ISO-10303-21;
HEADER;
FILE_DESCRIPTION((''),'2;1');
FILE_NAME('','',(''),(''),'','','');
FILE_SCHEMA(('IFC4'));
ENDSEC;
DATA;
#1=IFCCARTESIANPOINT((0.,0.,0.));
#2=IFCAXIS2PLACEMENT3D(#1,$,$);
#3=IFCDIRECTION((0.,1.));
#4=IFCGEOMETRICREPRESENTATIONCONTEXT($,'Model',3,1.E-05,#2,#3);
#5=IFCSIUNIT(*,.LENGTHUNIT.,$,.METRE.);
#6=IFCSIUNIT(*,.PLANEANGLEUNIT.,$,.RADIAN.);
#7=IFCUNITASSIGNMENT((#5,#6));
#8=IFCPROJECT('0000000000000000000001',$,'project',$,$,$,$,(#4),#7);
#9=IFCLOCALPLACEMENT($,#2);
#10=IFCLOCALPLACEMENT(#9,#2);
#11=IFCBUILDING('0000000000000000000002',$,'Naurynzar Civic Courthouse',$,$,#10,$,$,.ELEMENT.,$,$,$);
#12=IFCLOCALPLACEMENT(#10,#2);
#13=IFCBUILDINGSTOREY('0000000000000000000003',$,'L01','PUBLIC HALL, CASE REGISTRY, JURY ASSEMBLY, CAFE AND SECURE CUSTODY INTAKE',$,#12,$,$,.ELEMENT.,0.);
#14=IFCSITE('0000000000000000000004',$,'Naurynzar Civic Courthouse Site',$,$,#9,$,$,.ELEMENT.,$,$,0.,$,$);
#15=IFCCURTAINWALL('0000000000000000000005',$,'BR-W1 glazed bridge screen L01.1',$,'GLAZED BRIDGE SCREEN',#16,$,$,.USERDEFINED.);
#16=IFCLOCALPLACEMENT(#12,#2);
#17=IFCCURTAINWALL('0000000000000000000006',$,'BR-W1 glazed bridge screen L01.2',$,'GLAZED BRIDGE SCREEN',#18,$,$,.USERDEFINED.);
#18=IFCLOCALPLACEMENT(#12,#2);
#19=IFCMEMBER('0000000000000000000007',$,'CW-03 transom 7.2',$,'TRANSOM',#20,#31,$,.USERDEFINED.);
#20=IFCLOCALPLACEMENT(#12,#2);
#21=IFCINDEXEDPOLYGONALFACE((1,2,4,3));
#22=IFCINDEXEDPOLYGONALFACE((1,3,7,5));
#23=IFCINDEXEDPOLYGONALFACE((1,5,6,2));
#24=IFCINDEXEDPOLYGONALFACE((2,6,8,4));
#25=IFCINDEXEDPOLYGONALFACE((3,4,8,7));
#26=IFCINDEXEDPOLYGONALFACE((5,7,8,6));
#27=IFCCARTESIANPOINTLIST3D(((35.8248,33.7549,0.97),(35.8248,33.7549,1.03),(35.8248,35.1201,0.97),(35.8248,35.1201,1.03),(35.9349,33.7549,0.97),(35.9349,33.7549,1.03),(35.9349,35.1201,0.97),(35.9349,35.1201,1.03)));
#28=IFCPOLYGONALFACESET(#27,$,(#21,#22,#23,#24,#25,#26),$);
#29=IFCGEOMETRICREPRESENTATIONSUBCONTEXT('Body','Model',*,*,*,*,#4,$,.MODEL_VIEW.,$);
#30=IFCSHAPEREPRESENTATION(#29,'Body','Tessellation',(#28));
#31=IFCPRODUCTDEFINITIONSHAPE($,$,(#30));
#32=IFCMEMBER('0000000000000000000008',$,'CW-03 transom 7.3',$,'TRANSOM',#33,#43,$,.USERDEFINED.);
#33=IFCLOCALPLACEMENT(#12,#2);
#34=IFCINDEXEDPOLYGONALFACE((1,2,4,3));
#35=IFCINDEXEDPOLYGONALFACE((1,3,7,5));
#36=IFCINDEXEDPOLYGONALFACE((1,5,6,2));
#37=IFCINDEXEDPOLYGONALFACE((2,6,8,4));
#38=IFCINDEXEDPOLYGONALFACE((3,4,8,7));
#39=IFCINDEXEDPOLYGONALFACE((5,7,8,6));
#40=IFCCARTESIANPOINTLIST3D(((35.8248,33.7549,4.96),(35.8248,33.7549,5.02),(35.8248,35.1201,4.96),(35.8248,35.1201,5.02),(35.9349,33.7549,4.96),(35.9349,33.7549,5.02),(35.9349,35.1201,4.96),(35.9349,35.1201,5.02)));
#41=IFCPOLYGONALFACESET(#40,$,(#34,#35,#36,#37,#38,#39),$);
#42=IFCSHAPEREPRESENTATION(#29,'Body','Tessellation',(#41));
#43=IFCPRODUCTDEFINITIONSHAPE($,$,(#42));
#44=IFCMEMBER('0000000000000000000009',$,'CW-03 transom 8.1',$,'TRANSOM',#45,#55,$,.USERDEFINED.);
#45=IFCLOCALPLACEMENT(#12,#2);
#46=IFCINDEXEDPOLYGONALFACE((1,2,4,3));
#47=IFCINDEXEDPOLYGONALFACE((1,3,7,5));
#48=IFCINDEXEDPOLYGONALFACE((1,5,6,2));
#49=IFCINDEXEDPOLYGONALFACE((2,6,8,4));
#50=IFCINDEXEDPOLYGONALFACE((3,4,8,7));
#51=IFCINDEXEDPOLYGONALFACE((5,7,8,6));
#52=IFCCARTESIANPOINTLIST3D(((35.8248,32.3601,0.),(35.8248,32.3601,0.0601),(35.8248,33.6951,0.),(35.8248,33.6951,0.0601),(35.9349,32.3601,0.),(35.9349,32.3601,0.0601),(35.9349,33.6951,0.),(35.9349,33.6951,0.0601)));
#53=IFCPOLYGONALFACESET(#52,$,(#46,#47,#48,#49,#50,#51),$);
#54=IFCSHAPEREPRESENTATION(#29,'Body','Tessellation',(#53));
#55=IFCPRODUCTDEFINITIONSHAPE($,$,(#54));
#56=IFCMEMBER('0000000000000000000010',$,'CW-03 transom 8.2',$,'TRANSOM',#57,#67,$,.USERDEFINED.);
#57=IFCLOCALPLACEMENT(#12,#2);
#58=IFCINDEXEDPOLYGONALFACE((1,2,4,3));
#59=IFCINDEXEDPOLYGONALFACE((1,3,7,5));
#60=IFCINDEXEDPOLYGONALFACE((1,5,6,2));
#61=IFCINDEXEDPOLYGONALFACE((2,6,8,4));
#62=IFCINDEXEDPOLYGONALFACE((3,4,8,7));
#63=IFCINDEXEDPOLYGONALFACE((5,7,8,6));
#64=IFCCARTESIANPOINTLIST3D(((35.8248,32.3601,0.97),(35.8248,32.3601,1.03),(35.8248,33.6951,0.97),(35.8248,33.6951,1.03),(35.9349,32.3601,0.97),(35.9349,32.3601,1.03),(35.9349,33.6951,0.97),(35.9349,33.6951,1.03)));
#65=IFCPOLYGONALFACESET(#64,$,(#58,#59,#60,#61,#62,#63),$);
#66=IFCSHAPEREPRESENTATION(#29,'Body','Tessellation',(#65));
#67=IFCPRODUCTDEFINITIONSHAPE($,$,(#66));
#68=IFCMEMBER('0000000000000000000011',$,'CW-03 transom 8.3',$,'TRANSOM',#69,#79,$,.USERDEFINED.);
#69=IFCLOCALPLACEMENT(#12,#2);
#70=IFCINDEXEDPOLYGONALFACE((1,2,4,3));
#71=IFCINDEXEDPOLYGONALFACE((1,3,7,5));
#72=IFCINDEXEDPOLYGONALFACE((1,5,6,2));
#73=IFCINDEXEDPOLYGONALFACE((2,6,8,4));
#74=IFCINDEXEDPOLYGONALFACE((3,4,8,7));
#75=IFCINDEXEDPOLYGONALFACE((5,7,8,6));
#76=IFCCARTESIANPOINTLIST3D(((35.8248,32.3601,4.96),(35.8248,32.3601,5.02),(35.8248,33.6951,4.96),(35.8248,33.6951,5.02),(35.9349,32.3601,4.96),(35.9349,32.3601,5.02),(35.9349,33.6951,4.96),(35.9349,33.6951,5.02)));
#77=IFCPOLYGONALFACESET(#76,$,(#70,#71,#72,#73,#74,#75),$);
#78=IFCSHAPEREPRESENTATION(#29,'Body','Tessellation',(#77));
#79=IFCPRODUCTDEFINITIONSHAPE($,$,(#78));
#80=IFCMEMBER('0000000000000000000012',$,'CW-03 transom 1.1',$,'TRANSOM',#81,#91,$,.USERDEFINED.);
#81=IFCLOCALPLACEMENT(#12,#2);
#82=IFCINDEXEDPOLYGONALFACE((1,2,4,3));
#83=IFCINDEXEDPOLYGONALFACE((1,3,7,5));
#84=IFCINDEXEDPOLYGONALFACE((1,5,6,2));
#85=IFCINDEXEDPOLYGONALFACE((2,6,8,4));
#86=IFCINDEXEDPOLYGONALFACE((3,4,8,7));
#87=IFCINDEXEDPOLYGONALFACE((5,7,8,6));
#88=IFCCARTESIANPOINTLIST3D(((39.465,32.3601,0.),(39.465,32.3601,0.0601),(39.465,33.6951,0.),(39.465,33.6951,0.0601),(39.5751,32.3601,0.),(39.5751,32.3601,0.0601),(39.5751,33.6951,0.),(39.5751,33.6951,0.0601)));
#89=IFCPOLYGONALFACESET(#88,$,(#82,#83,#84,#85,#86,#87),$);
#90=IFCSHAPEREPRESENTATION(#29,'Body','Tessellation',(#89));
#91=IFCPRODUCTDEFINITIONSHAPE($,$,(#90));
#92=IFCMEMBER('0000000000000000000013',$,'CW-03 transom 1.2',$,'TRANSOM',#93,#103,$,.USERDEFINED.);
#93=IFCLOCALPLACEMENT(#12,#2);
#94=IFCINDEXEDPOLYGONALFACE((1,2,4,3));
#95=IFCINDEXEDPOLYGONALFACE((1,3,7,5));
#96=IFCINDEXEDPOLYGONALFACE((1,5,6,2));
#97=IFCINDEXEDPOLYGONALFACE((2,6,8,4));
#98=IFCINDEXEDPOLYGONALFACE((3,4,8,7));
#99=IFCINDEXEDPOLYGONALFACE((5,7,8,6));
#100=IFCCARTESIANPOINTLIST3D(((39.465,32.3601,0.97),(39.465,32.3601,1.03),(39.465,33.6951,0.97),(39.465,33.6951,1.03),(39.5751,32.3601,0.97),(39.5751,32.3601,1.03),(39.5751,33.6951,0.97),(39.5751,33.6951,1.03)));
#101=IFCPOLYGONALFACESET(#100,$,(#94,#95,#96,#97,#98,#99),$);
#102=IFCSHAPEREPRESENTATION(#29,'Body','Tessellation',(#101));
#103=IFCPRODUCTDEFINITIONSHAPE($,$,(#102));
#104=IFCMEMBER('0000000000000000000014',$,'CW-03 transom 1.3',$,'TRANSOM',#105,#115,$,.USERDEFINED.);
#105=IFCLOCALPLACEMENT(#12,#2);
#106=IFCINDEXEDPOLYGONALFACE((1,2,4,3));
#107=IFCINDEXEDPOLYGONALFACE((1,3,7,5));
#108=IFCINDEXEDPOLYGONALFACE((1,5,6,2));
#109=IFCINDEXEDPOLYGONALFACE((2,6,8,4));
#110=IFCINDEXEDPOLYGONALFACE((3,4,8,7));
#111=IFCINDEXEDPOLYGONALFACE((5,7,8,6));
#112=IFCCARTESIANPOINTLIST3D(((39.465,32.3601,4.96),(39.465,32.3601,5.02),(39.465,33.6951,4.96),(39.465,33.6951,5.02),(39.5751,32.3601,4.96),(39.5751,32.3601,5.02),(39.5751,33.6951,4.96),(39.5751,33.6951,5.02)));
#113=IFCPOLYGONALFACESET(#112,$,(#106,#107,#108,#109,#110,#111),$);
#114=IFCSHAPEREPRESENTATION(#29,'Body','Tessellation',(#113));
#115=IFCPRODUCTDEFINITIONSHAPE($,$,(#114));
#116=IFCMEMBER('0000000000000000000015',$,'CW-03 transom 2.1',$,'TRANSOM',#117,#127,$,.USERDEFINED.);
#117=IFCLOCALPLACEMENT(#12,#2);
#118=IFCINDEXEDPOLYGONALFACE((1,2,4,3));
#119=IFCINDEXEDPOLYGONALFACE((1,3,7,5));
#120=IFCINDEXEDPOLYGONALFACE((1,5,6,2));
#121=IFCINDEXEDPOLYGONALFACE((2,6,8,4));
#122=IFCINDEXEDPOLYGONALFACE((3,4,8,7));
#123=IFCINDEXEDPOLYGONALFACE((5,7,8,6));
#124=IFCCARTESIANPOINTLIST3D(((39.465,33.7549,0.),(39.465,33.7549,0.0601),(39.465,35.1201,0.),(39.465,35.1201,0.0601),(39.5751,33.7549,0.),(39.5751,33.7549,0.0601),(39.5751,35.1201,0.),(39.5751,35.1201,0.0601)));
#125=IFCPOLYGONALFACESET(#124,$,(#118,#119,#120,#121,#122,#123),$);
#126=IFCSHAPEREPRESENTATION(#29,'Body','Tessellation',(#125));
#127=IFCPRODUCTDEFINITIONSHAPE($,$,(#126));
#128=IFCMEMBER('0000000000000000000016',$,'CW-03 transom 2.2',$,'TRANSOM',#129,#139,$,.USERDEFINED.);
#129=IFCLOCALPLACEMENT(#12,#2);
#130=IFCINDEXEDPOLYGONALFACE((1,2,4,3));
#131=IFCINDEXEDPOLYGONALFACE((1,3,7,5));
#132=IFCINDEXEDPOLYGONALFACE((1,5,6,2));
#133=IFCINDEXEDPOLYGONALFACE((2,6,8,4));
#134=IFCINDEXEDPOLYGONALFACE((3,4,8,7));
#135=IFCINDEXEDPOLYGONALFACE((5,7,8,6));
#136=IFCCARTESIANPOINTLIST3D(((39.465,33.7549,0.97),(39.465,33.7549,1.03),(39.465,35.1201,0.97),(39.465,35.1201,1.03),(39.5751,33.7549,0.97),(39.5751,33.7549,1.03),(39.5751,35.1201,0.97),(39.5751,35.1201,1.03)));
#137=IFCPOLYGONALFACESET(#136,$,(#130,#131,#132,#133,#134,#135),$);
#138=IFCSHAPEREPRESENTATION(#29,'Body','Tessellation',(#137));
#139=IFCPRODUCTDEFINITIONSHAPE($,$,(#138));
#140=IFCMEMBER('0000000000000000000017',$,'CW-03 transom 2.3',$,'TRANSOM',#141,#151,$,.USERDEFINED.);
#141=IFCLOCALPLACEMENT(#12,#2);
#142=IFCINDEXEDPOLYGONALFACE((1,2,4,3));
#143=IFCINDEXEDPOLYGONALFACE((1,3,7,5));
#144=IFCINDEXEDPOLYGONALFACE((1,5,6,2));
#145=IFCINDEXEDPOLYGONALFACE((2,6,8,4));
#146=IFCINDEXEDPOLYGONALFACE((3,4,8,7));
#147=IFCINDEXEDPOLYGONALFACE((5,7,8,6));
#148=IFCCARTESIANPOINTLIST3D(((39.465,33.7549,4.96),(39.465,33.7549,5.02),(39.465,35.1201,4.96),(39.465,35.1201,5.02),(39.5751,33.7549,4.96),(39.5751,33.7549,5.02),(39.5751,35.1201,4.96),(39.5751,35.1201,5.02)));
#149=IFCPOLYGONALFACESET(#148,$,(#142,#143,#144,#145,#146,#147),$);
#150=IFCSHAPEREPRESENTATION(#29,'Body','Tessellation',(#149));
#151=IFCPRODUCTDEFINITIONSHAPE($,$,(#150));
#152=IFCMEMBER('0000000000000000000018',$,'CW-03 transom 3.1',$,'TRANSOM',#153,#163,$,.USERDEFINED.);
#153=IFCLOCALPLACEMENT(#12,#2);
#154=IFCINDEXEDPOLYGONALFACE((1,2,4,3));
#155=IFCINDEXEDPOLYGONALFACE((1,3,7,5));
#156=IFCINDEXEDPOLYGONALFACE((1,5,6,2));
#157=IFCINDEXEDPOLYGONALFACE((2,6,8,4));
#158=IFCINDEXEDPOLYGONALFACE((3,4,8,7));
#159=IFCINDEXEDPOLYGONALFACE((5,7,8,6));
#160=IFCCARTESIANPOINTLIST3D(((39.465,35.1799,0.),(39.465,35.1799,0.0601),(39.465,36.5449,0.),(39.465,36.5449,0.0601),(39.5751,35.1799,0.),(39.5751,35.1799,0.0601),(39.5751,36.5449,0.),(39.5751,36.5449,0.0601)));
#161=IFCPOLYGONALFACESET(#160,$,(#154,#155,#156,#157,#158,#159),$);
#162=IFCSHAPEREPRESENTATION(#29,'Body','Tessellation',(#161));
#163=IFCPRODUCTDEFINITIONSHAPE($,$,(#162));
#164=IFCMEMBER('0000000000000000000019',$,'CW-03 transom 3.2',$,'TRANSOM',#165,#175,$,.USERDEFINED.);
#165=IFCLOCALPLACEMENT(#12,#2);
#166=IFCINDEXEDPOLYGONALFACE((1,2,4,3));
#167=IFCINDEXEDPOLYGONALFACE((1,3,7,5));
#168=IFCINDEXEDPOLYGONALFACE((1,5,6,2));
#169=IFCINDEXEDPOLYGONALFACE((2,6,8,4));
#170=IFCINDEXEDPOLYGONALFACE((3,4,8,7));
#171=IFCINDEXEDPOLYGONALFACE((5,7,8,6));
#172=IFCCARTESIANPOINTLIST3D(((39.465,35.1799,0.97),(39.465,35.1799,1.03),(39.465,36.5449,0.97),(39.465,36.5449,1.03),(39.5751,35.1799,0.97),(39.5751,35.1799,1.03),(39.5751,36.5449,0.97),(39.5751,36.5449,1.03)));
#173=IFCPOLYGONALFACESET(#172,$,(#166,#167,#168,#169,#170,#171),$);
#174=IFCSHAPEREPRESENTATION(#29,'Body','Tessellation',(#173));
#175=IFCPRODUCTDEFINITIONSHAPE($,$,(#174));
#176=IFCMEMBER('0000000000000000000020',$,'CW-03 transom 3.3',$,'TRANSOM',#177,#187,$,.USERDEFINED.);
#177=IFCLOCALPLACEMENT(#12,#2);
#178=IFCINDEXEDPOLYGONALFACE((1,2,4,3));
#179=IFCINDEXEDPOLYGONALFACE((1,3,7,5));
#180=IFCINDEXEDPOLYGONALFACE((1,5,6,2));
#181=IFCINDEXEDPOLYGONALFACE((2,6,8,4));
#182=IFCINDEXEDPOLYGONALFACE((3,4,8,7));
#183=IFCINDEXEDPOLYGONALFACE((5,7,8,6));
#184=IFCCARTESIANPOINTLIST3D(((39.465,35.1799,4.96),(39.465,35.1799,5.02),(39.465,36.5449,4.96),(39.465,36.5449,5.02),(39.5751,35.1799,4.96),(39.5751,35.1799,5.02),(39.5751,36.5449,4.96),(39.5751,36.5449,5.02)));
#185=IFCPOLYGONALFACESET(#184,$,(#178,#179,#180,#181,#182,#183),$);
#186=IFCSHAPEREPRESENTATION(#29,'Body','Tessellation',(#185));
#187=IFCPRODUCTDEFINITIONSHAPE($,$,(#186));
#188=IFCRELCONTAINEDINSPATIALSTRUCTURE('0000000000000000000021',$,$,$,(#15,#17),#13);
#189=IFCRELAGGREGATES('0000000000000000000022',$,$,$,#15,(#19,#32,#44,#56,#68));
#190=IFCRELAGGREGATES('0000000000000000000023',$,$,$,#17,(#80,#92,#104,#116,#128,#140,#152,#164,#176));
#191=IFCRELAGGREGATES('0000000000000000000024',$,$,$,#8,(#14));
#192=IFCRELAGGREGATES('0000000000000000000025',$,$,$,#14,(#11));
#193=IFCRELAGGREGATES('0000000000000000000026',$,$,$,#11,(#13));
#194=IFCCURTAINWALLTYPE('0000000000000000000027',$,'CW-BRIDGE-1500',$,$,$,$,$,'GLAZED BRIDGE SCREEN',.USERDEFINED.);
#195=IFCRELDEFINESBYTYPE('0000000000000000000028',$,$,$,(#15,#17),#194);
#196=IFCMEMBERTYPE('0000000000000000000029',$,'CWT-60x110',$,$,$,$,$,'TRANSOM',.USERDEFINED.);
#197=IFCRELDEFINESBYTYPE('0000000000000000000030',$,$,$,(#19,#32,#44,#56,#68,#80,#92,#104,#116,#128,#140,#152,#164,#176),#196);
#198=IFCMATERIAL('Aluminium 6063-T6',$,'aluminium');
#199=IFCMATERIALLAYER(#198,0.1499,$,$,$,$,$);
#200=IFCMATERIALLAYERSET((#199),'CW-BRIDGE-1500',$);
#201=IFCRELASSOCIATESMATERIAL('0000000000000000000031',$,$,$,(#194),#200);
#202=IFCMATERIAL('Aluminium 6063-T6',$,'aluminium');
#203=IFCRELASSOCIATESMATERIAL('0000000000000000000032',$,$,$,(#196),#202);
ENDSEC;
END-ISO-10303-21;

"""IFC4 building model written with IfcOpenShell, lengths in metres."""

from ifc_helpers import new_model, si_unit, direction, frame, origin, origin_2d, place, context, subcontext, project, spatial, rectangle, extrude, material, layer, layer_set, material_profile, profile_set, type_object, element, aggregate, save


model = new_model("IFC4")

# Units and contexts
model_context = context("Model", 3, precision=1e-05, world=origin(), true_north=direction((0.0, 1.0)))
body_context = subcontext(model_context, "Body", "Model", "MODEL_VIEW")
ifc_project = project(units=[si_unit("LENGTHUNIT", "METRE"), si_unit("PLANEANGLEUNIT", "RADIAN")], contexts=[model_context])

# Site, building, storey
site_placement = place(None, origin())
site = spatial("IfcSite", under=ifc_project, at=site_placement, Name="Naurynzar Civic Courthouse Site", CompositionType="ELEMENT", RefElevation=0.0)
building_placement = place(site_placement, origin())
building = spatial("IfcBuilding", under=site, at=building_placement, Name="Naurynzar Civic Courthouse", CompositionType="ELEMENT")
storey_placement = place(building_placement, origin())
storey = spatial("IfcBuildingStorey", under=building, at=storey_placement, Name="L01", Description="PUBLIC HALL, CASE REGISTRY, JURY ASSEMBLY, CAFE AND SECURE CUSTODY INTAKE", CompositionType="ELEMENT", Elevation=0.0)

# Curtain walls
ifc_material_1 = material(Name="Aluminium 6063-T6", Category="aluminium")
ifc_layer_1 = layer(ifc_material_1, 0.1499)
ifc_layer_set_1 = layer_set([ifc_layer_1], Name="CW-BRIDGE-1500")
curtain_wall_type = type_object("IfcCurtainWallType", Name="CW-BRIDGE-1500", ElementType="GLAZED BRIDGE SCREEN", PredefinedType="USERDEFINED", material=ifc_layer_set_1)
curtain_wall_1_placement = place(storey_placement, origin())
curtain_wall_1 = element("IfcCurtainWall", 1, at=curtain_wall_1_placement, inside=storey, type_object=curtain_wall_type, Name="BR-W1 glazed bridge screen L01.1", ObjectType="GLAZED BRIDGE SCREEN", PredefinedType="USERDEFINED")
curtain_wall_2_placement = place(storey_placement, origin())
curtain_wall_2 = element("IfcCurtainWall", 2, at=curtain_wall_2_placement, inside=storey, type_object=curtain_wall_type, Name="BR-W1 glazed bridge screen L01.2", ObjectType="GLAZED BRIDGE SCREEN", PredefinedType="USERDEFINED")

# Members
ifc_material_2 = material(Name="Aluminium 6063-T6", Category="aluminium")
ifc_material_profile_1 = material_profile(ifc_material_2, rectangle(XDim=0.1101, YDim=0.0601, at=origin_2d()), Name="ALU TRANSOM 60x110")
ifc_profile_set_1 = profile_set([ifc_material_profile_1], Name="Aluminium 6063-T6")
member_type_1 = type_object("IfcMemberType", Name="CWT-60x110", ElementType="TRANSOM", PredefinedType="USERDEFINED", material=ifc_profile_set_1)
member_1_placement = place(storey_placement, frame((35.8799, 35.1201, 1.0), z_axis=(0.0, -1.0, 0.0), x_axis=(1.0, 0.0, 0.0)))
member_1 = element("IfcMember", 3, at=member_1_placement, type_object=member_type_1, Name="CW-03 transom 7.2", ObjectType="TRANSOM", PredefinedType="USERDEFINED", context=body_context, shape_type="SweptSolid", body=[
    extrude(rectangle(XDim=0.1101, YDim=0.0601, at=origin_2d()), origin(), (0.0, 0.0, 1.0), 1.3652),
])
member_2_placement = place(storey_placement, frame((35.8799, 35.1201, 4.99), z_axis=(0.0, -1.0, 0.0), x_axis=(1.0, 0.0, 0.0)))
member_2 = element("IfcMember", 4, at=member_2_placement, type_object=member_type_1, Name="CW-03 transom 7.3", ObjectType="TRANSOM", PredefinedType="USERDEFINED", context=body_context, shape_type="SweptSolid", body=[
    extrude(rectangle(XDim=0.1101, YDim=0.0601, at=origin_2d()), origin(), (0.0, 0.0, 1.0), 1.3652),
])
member_3_placement = place(storey_placement, frame((35.8799, 33.6951, 0.03), z_axis=(0.0, -1.0, 0.0), x_axis=(1.0, 0.0, 0.0)))
member_3 = element("IfcMember", 5, at=member_3_placement, type_object=member_type_1, Name="CW-03 transom 8.1", ObjectType="TRANSOM", PredefinedType="USERDEFINED", context=body_context, shape_type="SweptSolid", body=[
    extrude(rectangle(XDim=0.1101, YDim=0.0601, at=origin_2d()), origin(), (0.0, 0.0, 1.0), 1.335),
])
member_4_placement = place(storey_placement, frame((35.8799, 33.6951, 1.0), z_axis=(0.0, -1.0, 0.0), x_axis=(1.0, 0.0, 0.0)))
member_4 = element("IfcMember", 6, at=member_4_placement, type_object=member_type_1, Name="CW-03 transom 8.2", ObjectType="TRANSOM", PredefinedType="USERDEFINED", context=body_context, shape_type="SweptSolid", body=[
    extrude(rectangle(XDim=0.1101, YDim=0.0601, at=origin_2d()), origin(), (0.0, 0.0, 1.0), 1.335),
])
member_5_placement = place(storey_placement, frame((35.8799, 33.6951, 4.99), z_axis=(0.0, -1.0, 0.0), x_axis=(1.0, 0.0, 0.0)))
member_5 = element("IfcMember", 7, at=member_5_placement, type_object=member_type_1, Name="CW-03 transom 8.3", ObjectType="TRANSOM", PredefinedType="USERDEFINED", context=body_context, shape_type="SweptSolid", body=[
    extrude(rectangle(XDim=0.1101, YDim=0.0601, at=origin_2d()), origin(), (0.0, 0.0, 1.0), 1.335),
])
member_6_placement = place(storey_placement, frame((39.52, 32.3601, 0.03), z_axis=(0.0, 1.0, 0.0), x_axis=(-1.0, 0.0, 0.0)))
member_6 = element("IfcMember", 8, at=member_6_placement, type_object=member_type_1, Name="CW-03 transom 1.1", ObjectType="TRANSOM", PredefinedType="USERDEFINED", context=body_context, shape_type="SweptSolid", body=[
    extrude(rectangle(XDim=0.1101, YDim=0.0601, at=origin_2d()), origin(), (0.0, 0.0, 1.0), 1.335),
])
member_7_placement = place(storey_placement, frame((39.52, 32.3601, 1.0), z_axis=(0.0, 1.0, 0.0), x_axis=(-1.0, 0.0, 0.0)))
member_7 = element("IfcMember", 9, at=member_7_placement, type_object=member_type_1, Name="CW-03 transom 1.2", ObjectType="TRANSOM", PredefinedType="USERDEFINED", context=body_context, shape_type="SweptSolid", body=[
    extrude(rectangle(XDim=0.1101, YDim=0.0601, at=origin_2d()), origin(), (0.0, 0.0, 1.0), 1.335),
])
member_8_placement = place(storey_placement, frame((39.52, 32.3601, 4.99), z_axis=(0.0, 1.0, 0.0), x_axis=(-1.0, 0.0, 0.0)))
member_8 = element("IfcMember", 10, at=member_8_placement, type_object=member_type_1, Name="CW-03 transom 1.3", ObjectType="TRANSOM", PredefinedType="USERDEFINED", context=body_context, shape_type="SweptSolid", body=[
    extrude(rectangle(XDim=0.1101, YDim=0.0601, at=origin_2d()), origin(), (0.0, 0.0, 1.0), 1.335),
])
member_9_placement = place(storey_placement, frame((39.52, 33.7549, 0.03), z_axis=(0.0, 1.0, 0.0), x_axis=(-1.0, 0.0, 0.0)))
member_9 = element("IfcMember", 11, at=member_9_placement, type_object=member_type_1, Name="CW-03 transom 2.1", ObjectType="TRANSOM", PredefinedType="USERDEFINED", context=body_context, shape_type="SweptSolid", body=[
    extrude(rectangle(XDim=0.1101, YDim=0.0601, at=origin_2d()), origin(), (0.0, 0.0, 1.0), 1.3652),
])
member_10_placement = place(storey_placement, frame((39.52, 33.7549, 1.0), z_axis=(0.0, 1.0, 0.0), x_axis=(-1.0, 0.0, 0.0)))
member_10 = element("IfcMember", 12, at=member_10_placement, type_object=member_type_1, Name="CW-03 transom 2.2", ObjectType="TRANSOM", PredefinedType="USERDEFINED", context=body_context, shape_type="SweptSolid", body=[
    extrude(rectangle(XDim=0.1101, YDim=0.0601, at=origin_2d()), origin(), (0.0, 0.0, 1.0), 1.3652),
])
member_11_placement = place(storey_placement, frame((39.52, 33.7549, 4.99), z_axis=(0.0, 1.0, 0.0), x_axis=(-1.0, 0.0, 0.0)))
member_11 = element("IfcMember", 13, at=member_11_placement, type_object=member_type_1, Name="CW-03 transom 2.3", ObjectType="TRANSOM", PredefinedType="USERDEFINED", context=body_context, shape_type="SweptSolid", body=[
    extrude(rectangle(XDim=0.1101, YDim=0.0601, at=origin_2d()), origin(), (0.0, 0.0, 1.0), 1.3652),
])
member_12_placement = place(storey_placement, frame((39.52, 35.1799, 0.03), z_axis=(0.0, 1.0, 0.0), x_axis=(-1.0, 0.0, 0.0)))
member_12 = element("IfcMember", 14, at=member_12_placement, type_object=member_type_1, Name="CW-03 transom 3.1", ObjectType="TRANSOM", PredefinedType="USERDEFINED", context=body_context, shape_type="SweptSolid", body=[
    extrude(rectangle(XDim=0.1101, YDim=0.0601, at=origin_2d()), origin(), (0.0, 0.0, 1.0), 1.365),
])
member_13_placement = place(storey_placement, frame((39.52, 35.1799, 1.0), z_axis=(0.0, 1.0, 0.0), x_axis=(-1.0, 0.0, 0.0)))
member_13 = element("IfcMember", 15, at=member_13_placement, type_object=member_type_1, Name="CW-03 transom 3.2", ObjectType="TRANSOM", PredefinedType="USERDEFINED", context=body_context, shape_type="SweptSolid", body=[
    extrude(rectangle(XDim=0.1101, YDim=0.0601, at=origin_2d()), origin(), (0.0, 0.0, 1.0), 1.365),
])
member_14_placement = place(storey_placement, frame((39.52, 35.1799, 4.99), z_axis=(0.0, 1.0, 0.0), x_axis=(-1.0, 0.0, 0.0)))
member_14 = element("IfcMember", 16, at=member_14_placement, type_object=member_type_1, Name="CW-03 transom 3.3", ObjectType="TRANSOM", PredefinedType="USERDEFINED", context=body_context, shape_type="SweptSolid", body=[
    extrude(rectangle(XDim=0.1101, YDim=0.0601, at=origin_2d()), origin(), (0.0, 0.0, 1.0), 1.365),
])

aggregate(curtain_wall_1, [member_1, member_2, member_3, member_4, member_5])
aggregate(curtain_wall_2, [member_6, member_7, member_8, member_9, member_10, member_11, member_12, member_13, member_14])

save(model, "model.ifc")
